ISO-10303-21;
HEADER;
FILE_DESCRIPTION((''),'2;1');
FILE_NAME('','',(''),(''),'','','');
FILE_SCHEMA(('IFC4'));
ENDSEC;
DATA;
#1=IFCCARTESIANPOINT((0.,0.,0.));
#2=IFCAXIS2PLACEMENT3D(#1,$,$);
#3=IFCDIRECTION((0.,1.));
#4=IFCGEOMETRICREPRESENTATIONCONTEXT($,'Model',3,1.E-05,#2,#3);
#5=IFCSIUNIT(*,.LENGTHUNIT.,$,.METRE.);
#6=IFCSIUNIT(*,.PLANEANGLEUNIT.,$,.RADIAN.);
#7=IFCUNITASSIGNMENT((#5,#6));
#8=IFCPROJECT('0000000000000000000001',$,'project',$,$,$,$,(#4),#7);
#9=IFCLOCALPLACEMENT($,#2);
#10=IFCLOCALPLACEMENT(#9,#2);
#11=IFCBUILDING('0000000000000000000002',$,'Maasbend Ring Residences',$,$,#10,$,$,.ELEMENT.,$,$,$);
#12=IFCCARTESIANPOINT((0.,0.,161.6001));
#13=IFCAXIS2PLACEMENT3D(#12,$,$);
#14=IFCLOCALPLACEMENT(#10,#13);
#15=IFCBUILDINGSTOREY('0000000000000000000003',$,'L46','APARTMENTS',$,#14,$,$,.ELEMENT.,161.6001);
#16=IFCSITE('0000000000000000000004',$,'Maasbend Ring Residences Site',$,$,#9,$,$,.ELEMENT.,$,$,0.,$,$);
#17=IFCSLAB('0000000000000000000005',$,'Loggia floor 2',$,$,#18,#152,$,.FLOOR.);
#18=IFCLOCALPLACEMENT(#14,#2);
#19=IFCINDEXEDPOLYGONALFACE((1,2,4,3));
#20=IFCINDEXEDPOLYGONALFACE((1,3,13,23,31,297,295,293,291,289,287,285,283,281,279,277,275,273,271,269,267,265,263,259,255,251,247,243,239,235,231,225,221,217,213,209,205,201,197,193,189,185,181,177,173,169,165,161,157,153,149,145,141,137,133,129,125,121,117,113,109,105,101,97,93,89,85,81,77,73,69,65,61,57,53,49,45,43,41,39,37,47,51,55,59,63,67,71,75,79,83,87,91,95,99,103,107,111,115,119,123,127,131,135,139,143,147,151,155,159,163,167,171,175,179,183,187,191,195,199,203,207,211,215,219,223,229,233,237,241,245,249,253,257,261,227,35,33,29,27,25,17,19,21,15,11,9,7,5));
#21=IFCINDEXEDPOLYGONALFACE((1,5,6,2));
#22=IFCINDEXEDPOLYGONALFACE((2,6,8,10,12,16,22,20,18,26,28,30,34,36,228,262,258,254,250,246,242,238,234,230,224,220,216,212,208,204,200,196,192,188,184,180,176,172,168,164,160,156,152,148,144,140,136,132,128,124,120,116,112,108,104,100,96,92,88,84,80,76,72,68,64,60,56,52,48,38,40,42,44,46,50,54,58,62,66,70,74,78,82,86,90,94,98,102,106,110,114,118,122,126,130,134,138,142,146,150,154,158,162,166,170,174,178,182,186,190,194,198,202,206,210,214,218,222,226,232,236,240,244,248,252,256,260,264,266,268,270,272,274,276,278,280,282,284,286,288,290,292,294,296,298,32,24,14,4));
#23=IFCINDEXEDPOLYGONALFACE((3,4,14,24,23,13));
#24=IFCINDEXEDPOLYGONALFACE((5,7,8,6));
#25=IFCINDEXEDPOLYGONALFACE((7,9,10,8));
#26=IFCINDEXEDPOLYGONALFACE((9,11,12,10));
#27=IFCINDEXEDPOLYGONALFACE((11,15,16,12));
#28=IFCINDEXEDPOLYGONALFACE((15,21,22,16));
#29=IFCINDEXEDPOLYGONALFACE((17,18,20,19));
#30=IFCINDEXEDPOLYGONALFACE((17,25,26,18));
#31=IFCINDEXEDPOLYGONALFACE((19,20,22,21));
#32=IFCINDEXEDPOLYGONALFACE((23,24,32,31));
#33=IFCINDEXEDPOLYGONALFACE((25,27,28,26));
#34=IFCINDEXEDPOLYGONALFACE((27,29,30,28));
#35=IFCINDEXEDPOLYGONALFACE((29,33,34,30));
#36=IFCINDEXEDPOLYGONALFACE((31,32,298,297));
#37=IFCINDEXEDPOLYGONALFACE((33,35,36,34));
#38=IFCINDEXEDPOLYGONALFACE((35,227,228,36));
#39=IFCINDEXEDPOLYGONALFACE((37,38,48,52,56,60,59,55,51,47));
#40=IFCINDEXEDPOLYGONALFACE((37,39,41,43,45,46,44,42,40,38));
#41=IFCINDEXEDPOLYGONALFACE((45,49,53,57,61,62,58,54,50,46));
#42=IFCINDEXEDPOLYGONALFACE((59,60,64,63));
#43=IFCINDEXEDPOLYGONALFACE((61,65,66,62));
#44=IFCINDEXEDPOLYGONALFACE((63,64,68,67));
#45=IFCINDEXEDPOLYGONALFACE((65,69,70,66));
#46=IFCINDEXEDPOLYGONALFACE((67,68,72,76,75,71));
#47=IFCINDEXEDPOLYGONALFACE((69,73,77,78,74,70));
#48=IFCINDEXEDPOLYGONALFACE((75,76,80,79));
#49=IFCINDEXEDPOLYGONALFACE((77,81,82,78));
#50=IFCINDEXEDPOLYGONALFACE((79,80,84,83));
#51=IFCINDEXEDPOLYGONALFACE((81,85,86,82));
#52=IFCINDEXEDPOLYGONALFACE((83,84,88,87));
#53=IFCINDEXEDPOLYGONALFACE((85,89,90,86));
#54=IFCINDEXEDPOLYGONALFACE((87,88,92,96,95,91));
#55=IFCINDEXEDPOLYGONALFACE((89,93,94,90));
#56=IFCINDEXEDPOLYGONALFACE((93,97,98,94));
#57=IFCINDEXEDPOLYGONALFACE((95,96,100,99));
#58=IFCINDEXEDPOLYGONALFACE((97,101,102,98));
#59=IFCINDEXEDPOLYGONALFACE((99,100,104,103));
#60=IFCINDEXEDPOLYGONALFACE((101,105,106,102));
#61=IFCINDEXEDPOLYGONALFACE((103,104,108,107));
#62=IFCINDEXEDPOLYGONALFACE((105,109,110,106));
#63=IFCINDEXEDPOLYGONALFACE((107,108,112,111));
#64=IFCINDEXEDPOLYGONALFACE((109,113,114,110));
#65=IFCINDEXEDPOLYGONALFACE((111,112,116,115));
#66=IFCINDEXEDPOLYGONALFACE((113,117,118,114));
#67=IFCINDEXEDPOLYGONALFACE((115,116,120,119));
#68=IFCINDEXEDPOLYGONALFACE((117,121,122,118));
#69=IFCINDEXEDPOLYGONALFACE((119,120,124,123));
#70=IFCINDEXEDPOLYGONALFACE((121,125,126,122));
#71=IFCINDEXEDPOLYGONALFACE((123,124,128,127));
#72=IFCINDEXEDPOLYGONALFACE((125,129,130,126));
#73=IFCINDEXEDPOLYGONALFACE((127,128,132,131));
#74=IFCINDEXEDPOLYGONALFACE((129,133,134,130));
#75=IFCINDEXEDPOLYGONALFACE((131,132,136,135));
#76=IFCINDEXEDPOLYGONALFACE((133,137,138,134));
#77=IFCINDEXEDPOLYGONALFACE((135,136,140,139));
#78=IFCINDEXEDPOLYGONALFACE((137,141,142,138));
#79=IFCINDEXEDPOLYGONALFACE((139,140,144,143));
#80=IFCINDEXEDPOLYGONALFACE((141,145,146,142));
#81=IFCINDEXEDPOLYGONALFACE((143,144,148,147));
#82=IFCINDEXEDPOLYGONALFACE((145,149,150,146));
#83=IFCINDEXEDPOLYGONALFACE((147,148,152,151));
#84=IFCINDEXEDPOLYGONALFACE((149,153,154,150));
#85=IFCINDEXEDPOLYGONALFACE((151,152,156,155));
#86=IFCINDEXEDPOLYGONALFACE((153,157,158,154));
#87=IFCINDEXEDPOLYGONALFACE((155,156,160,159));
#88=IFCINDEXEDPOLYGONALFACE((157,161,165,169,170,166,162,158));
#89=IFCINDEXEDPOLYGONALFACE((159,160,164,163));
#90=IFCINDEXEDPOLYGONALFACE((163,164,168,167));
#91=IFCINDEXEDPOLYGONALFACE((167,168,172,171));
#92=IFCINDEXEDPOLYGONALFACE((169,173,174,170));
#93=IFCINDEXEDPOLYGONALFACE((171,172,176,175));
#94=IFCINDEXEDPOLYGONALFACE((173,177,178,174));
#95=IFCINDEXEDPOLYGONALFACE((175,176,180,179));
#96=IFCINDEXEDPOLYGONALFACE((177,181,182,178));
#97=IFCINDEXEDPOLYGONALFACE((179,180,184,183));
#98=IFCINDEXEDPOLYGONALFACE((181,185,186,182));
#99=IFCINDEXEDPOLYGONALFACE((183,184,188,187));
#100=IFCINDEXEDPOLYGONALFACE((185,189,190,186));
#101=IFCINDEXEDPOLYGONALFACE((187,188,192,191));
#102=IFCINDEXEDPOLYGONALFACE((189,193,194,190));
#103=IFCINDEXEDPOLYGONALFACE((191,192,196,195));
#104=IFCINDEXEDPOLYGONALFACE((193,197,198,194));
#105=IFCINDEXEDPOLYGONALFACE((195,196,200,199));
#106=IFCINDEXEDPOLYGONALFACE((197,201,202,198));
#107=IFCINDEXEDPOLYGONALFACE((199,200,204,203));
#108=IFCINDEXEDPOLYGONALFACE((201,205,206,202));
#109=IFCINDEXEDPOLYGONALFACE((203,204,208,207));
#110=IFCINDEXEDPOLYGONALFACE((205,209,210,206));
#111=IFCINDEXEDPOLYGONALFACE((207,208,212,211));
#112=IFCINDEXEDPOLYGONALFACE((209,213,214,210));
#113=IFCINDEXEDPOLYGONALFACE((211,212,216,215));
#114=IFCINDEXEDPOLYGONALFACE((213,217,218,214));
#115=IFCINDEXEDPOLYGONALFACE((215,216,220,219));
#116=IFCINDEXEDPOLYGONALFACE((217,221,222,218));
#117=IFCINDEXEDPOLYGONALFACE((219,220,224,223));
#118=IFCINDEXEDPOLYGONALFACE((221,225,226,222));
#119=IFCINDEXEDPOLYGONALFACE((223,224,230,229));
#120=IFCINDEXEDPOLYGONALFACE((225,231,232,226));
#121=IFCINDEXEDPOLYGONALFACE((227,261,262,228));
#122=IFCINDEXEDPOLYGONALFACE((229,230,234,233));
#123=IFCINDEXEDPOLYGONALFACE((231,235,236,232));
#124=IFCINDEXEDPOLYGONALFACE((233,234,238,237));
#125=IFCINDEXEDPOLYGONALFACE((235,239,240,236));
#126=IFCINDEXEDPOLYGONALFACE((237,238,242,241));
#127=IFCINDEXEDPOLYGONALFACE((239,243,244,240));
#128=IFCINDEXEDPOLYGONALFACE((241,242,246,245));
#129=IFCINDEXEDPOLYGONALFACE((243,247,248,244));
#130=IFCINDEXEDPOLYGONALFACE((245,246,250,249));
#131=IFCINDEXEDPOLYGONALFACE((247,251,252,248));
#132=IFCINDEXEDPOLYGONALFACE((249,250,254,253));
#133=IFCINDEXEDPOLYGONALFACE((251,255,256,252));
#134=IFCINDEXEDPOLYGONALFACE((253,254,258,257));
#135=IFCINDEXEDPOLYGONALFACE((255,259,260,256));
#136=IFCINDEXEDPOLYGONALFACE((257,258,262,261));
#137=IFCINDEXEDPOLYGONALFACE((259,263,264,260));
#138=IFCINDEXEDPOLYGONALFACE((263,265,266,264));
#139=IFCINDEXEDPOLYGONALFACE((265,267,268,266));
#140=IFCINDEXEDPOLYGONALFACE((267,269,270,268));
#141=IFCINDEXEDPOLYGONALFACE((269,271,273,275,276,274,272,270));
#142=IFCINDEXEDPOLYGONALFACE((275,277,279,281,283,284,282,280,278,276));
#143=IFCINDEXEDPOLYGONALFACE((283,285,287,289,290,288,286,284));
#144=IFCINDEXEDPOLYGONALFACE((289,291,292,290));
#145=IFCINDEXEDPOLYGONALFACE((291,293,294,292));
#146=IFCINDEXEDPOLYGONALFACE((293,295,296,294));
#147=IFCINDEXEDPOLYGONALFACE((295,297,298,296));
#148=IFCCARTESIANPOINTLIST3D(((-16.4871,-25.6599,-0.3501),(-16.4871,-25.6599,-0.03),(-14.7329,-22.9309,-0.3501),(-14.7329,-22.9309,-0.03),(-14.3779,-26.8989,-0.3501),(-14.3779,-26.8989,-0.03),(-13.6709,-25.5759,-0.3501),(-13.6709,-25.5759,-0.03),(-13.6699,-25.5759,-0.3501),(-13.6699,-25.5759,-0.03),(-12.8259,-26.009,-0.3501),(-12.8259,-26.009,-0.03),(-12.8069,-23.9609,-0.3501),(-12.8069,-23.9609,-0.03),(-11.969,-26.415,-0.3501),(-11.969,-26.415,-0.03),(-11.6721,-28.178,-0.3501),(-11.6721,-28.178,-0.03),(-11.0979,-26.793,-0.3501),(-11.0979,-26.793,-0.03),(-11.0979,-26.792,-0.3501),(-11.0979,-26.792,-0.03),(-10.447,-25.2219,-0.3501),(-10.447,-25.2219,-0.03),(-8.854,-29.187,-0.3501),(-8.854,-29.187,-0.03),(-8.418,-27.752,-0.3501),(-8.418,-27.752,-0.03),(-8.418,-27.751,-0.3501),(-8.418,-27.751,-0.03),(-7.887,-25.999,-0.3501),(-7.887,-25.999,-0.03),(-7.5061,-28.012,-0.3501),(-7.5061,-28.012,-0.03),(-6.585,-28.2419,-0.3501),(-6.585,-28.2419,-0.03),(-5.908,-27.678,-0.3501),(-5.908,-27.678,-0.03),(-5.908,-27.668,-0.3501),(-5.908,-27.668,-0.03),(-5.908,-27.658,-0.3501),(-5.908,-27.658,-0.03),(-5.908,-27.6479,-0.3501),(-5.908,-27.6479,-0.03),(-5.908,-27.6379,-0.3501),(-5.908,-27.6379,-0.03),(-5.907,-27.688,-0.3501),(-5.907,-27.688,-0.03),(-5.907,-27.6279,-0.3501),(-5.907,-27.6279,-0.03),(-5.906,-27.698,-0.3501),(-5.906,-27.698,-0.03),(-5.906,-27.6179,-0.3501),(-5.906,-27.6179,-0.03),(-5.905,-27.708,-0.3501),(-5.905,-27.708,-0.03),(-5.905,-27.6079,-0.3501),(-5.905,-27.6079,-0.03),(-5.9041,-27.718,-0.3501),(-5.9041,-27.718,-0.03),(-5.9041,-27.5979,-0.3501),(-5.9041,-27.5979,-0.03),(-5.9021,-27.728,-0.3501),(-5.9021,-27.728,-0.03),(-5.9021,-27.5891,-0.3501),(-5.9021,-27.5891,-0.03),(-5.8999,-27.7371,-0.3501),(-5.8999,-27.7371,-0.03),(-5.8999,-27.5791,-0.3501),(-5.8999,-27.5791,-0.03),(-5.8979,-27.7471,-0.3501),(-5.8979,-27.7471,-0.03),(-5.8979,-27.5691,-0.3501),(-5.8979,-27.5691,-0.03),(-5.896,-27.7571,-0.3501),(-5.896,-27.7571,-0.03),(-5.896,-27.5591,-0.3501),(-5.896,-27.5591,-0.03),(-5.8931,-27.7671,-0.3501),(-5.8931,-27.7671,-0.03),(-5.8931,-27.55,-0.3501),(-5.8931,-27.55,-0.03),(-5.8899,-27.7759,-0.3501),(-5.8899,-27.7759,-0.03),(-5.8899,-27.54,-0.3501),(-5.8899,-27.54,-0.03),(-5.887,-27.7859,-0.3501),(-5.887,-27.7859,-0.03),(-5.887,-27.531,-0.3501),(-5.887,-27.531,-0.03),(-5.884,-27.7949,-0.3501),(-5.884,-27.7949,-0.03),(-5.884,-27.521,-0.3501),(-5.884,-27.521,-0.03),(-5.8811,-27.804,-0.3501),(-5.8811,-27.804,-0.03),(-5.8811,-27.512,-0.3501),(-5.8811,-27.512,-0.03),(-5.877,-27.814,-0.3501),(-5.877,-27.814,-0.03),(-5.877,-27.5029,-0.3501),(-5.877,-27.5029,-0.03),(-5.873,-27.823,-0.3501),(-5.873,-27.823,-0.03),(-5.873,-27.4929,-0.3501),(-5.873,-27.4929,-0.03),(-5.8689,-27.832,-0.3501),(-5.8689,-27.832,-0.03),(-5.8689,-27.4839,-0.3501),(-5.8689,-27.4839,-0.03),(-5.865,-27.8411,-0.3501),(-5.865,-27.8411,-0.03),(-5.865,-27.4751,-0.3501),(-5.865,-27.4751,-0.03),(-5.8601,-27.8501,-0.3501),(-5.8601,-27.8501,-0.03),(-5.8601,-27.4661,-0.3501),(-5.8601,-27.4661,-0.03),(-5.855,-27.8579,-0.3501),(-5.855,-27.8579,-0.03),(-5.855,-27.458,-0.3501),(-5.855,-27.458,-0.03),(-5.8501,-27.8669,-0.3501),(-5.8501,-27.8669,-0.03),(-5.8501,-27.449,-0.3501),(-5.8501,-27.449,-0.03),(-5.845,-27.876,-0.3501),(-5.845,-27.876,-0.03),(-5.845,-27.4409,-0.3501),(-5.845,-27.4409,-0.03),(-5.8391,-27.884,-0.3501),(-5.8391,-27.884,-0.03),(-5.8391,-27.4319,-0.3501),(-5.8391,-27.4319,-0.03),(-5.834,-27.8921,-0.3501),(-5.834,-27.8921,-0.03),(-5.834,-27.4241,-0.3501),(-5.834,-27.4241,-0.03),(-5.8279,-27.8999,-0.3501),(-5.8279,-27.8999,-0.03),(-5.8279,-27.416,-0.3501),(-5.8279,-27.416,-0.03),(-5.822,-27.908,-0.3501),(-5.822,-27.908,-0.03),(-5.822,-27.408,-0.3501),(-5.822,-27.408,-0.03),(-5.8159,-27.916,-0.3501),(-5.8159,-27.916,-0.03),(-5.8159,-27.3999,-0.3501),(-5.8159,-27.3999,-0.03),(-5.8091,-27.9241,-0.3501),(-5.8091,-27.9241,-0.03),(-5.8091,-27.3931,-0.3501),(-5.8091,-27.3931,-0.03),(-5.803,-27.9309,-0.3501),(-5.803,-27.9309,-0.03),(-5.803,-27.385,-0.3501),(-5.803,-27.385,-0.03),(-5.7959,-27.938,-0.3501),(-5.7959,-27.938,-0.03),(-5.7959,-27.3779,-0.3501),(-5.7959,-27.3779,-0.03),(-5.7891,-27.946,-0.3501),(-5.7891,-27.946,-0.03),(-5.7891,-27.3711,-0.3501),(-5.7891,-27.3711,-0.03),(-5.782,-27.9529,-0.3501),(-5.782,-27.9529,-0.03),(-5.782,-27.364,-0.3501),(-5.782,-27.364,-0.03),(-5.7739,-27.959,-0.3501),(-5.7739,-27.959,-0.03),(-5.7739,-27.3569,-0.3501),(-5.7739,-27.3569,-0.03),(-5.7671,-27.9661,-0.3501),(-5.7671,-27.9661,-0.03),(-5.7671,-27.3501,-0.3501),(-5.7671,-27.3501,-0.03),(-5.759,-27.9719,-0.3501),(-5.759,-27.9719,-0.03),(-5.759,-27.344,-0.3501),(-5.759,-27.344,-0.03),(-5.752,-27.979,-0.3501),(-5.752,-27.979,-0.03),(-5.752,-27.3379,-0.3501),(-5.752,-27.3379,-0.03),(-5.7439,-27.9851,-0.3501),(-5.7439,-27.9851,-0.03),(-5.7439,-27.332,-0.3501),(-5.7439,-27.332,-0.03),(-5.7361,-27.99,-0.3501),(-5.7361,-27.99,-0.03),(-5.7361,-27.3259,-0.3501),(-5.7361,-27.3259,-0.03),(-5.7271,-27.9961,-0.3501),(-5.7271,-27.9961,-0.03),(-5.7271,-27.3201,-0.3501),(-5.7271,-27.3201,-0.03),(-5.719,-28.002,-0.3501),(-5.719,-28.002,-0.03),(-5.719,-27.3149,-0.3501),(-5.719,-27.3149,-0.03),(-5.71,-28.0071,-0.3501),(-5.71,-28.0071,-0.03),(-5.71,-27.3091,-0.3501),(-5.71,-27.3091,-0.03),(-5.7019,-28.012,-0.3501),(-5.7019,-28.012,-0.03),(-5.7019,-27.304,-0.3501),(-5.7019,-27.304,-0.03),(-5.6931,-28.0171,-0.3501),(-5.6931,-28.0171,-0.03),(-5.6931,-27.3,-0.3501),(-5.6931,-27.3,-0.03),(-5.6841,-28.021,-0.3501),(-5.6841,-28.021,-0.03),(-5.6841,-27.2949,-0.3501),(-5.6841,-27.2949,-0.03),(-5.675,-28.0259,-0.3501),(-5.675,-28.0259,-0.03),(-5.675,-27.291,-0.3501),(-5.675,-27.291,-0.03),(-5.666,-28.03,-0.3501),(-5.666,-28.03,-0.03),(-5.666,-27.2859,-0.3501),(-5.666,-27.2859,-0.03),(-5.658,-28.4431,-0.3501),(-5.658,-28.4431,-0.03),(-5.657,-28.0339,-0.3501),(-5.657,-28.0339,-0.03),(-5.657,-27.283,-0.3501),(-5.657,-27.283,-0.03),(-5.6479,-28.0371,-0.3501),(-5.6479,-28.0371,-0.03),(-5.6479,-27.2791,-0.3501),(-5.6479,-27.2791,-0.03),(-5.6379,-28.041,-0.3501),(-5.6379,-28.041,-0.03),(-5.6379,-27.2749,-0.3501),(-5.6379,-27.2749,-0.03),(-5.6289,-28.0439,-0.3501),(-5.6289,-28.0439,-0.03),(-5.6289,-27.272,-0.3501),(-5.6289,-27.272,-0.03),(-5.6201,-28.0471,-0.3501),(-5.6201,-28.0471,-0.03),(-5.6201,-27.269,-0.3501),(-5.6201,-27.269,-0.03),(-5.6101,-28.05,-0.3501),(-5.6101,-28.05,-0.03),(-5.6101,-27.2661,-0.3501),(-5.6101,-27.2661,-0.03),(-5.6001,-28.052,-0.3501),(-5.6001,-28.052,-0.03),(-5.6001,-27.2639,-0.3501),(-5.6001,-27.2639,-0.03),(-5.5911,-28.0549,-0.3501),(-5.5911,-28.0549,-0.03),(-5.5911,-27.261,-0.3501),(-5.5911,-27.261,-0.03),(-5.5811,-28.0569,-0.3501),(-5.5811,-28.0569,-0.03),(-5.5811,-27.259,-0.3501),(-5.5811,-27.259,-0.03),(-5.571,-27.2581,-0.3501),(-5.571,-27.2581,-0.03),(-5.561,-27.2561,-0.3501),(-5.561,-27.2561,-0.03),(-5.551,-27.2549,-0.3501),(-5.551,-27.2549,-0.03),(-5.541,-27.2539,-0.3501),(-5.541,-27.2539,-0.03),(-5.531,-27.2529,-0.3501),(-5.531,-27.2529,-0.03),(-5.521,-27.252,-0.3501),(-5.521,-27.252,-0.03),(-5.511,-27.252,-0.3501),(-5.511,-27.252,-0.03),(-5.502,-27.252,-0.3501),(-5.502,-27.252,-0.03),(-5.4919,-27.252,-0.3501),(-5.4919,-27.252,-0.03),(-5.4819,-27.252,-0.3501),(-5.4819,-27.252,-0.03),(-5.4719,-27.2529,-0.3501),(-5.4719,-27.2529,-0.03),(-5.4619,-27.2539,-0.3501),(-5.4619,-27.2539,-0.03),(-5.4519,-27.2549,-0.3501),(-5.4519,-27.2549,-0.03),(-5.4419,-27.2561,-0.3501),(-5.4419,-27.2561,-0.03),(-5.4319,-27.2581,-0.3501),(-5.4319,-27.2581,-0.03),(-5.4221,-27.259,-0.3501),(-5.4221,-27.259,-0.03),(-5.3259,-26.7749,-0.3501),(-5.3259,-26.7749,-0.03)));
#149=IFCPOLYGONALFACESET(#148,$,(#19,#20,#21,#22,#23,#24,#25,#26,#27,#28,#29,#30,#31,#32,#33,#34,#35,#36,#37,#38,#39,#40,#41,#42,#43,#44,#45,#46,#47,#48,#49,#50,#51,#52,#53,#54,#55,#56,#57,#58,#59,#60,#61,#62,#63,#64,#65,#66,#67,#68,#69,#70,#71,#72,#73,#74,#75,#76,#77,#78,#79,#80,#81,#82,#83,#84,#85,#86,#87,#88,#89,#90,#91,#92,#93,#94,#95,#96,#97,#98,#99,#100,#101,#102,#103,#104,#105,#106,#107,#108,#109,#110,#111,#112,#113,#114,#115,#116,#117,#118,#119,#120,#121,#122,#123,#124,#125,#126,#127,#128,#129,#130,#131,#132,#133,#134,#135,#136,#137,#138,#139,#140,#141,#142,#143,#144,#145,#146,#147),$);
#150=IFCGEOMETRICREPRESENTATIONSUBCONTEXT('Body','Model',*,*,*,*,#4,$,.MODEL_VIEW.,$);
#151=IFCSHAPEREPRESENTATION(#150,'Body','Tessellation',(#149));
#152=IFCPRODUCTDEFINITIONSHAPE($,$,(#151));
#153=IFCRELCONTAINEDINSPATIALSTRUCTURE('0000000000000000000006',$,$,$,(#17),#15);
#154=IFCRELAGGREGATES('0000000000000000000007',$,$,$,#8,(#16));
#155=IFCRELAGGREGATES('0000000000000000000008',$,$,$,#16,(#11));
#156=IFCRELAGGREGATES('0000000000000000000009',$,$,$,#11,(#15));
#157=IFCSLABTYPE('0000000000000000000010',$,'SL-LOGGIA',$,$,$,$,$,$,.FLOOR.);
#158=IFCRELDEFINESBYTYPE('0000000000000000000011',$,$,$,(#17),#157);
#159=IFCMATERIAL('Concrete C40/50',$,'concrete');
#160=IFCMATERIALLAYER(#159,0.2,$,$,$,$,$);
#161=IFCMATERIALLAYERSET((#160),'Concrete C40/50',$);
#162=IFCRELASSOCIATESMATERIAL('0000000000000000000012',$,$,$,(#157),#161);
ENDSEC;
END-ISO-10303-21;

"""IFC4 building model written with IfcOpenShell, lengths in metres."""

from ifc_helpers import new_model, si_unit, direction, frame, origin, place, context, subcontext, project, spatial, polyline, outline, extrude, material, layer, layer_set, type_object, element, save


model = new_model("IFC4")

# Units and contexts
model_context = context("Model", 3, precision=1e-05, world=origin(), true_north=direction((0.0, 1.0)))
body_context = subcontext(model_context, "Body", "Model", "MODEL_VIEW")
ifc_project = project(units=[si_unit("LENGTHUNIT", "METRE"), si_unit("PLANEANGLEUNIT", "RADIAN")], contexts=[model_context])

# Site, building, storey
site_placement = place(None, origin())
site = spatial("IfcSite", under=ifc_project, at=site_placement, Name="Maasbend Ring Residences Site", CompositionType="ELEMENT", RefElevation=0.0)
building_placement = place(site_placement, origin())
building = spatial("IfcBuilding", under=site, at=building_placement, Name="Maasbend Ring Residences", CompositionType="ELEMENT")
storey_placement = place(building_placement, frame((0.0, 0.0, 161.6001)))
storey = spatial("IfcBuildingStorey", under=building, at=storey_placement, Name="L46", Description="APARTMENTS", CompositionType="ELEMENT", Elevation=161.6001)

# Slab
ifc_material_1 = material(Name="Concrete C40/50", Category="concrete")
ifc_layer_1 = layer(ifc_material_1, 0.2)
ifc_layer_set_1 = layer_set([ifc_layer_1], Name="Concrete C40/50")
slab_type_1 = type_object("IfcSlabType", Name="SL-LOGGIA", PredefinedType="FLOOR", material=ifc_layer_set_1)
slab_1_placement = place(storey_placement, frame((0.0, 0.0, -0.3501)))
element("IfcSlab", 1, at=slab_1_placement, inside=storey, type_object=slab_type_1, Name="Loggia floor 2", PredefinedType="FLOOR", context=body_context, shape_type="SweptSolid", body=[
    extrude(outline(polyline([(-12.8069, -23.9609), (-10.447, -25.2219), (-10.447, -25.2219), (-10.447, -25.2219), (-7.887, -25.999), (-5.3259, -26.7749), (-5.3259, -26.7749), (-5.3259, -26.7749), (-5.4221, -27.259), (-5.4319, -27.2581), (-5.4419, -27.2561), (-5.4519, -27.2549), (-5.4619, -27.2539), (-5.4719, -27.2529), (-5.4819, -27.252), (-5.4919, -27.252), (-5.502, -27.252), (-5.511, -27.252), (-5.521, -27.252), (-5.531, -27.2529), (-5.541, -27.2539), (-5.551, -27.2549), (-5.561, -27.2561), (-5.571, -27.2581), (-5.5811, -27.259), (-5.5911, -27.261), (-5.6001, -27.2639), (-5.6101, -27.2661), (-5.6201, -27.269), (-5.6289, -27.272), (-5.6379, -27.2749), (-5.6479, -27.2791), (-5.657, -27.283), (-5.666, -27.2859), (-5.675, -27.291), (-5.6841, -27.2949), (-5.6931, -27.3), (-5.7019, -27.304), (-5.71, -27.3091), (-5.719, -27.3149), (-5.7271, -27.3201), (-5.7361, -27.3259), (-5.7439, -27.332), (-5.752, -27.3379), (-5.759, -27.344), (-5.7671, -27.3501), (-5.7739, -27.3569), (-5.782, -27.364), (-5.7891, -27.3711), (-5.7959, -27.3779), (-5.803, -27.385), (-5.8091, -27.3931), (-5.8159, -27.3999), (-5.822, -27.408), (-5.8279, -27.416), (-5.834, -27.4241), (-5.8391, -27.4319), (-5.845, -27.4409), (-5.8501, -27.449), (-5.855, -27.458), (-5.8601, -27.4661), (-5.865, -27.4751), (-5.8689, -27.4839), (-5.873, -27.4929), (-5.877, -27.5029), (-5.8811, -27.512), (-5.884, -27.521), (-5.887, -27.531), (-5.8899, -27.54), (-5.8931, -27.55), (-5.896, -27.5591), (-5.8979, -27.5691), (-5.8999, -27.5791), (-5.9021, -27.5891), (-5.9041, -27.5979), (-5.905, -27.6079), (-5.906, -27.6179), (-5.907, -27.6279), (-5.908, -27.6379), (-5.908, -27.6479), (-5.908, -27.658), (-5.908, -27.668), (-5.908, -27.678), (-5.907, -27.688), (-5.906, -27.698), (-5.905, -27.708), (-5.9041, -27.718), (-5.9021, -27.728), (-5.8999, -27.7371), (-5.8979, -27.7471), (-5.896, -27.7571), (-5.8931, -27.7671), (-5.8899, -27.7759), (-5.887, -27.7859), (-5.884, -27.7949), (-5.8811, -27.804), (-5.877, -27.814), (-5.873, -27.823), (-5.8689, -27.832), (-5.865, -27.8411), (-5.8601, -27.8501), (-5.855, -27.8579), (-5.8501, -27.8669), (-5.845, -27.876), (-5.8391, -27.884), (-5.834, -27.8921), (-5.8279, -27.8999), (-5.822, -27.908), (-5.8159, -27.916), (-5.8091, -27.9241), (-5.803, -27.9309), (-5.7959, -27.938), (-5.7891, -27.946), (-5.782, -27.9529), (-5.7739, -27.959), (-5.7671, -27.9661), (-5.759, -27.9719), (-5.752, -27.979), (-5.7439, -27.9851), (-5.7361, -27.99), (-5.7271, -27.9961), (-5.719, -28.002), (-5.71, -28.0071), (-5.7019, -28.012), (-5.6931, -28.0171), (-5.6841, -28.021), (-5.675, -28.0259), (-5.666, -28.03), (-5.657, -28.0339), (-5.6479, -28.0371), (-5.6379, -28.041), (-5.6289, -28.0439), (-5.6201, -28.0471), (-5.6101, -28.05), (-5.6001, -28.052), (-5.5911, -28.0549), (-5.5811, -28.0569), (-5.658, -28.4431), (-5.658, -28.4431), (-5.658, -28.4431), (-6.585, -28.2419), (-6.585, -28.2419), (-7.5061, -28.012), (-7.5061, -28.012), (-8.418, -27.751), (-8.418, -27.751), (-8.418, -27.751), (-8.418, -27.751), (-8.418, -27.751), (-8.418, -27.751), (-8.418, -27.751), (-8.418, -27.751), (-8.418, -27.751), (-8.418, -27.751), (-8.418, -27.752), (-8.418, -27.752), (-8.418, -27.752), (-8.418, -27.752), (-8.418, -27.752), (-8.418, -27.752), (-8.418, -27.752), (-8.854, -29.187), (-8.854, -29.187), (-8.854, -29.187), (-11.6721, -28.178), (-11.6721, -28.178), (-11.6721, -28.178), (-11.0979, -26.793), (-11.0979, -26.793), (-11.0979, -26.793), (-11.0979, -26.793), (-11.0979, -26.793), (-11.0979, -26.793), (-11.0979, -26.793), (-11.0979, -26.793), (-11.0979, -26.793), (-11.0979, -26.793), (-11.0979, -26.792), (-11.0979, -26.792), (-11.0979, -26.792), (-11.0979, -26.792), (-11.0979, -26.792), (-11.0979, -26.792), (-11.0979, -26.792), (-11.969, -26.415), (-11.969, -26.415), (-12.8259, -26.009), (-12.8259, -26.009), (-13.6699, -25.5759), (-13.6699, -25.5759), (-13.6699, -25.5759), (-13.6699, -25.5759), (-13.6699, -25.5759), (-13.6699, -25.5759), (-13.6699, -25.5759), (-13.6699, -25.5759), (-13.6699, -25.5759), (-13.6699, -25.5759), (-13.6709, -25.5759), (-13.6709, -25.5759), (-13.6709, -25.5759), (-13.6709, -25.5759), (-13.6709, -25.5759), (-13.6709, -25.5759), (-13.6709, -25.5759), (-14.3779, -26.8989), (-14.3779, -26.8989), (-14.3779, -26.8989), (-16.4871, -25.6599), (-16.4871, -25.6599), (-16.4871, -25.6599), (-14.7329, -22.9309), (-14.7329, -22.9309), (-14.7329, -22.9309), (-12.8069, -23.9609)])), origin(), (0.0, 0.0, 1.0), 0.3201),
])

save(model, "model.ifc")
